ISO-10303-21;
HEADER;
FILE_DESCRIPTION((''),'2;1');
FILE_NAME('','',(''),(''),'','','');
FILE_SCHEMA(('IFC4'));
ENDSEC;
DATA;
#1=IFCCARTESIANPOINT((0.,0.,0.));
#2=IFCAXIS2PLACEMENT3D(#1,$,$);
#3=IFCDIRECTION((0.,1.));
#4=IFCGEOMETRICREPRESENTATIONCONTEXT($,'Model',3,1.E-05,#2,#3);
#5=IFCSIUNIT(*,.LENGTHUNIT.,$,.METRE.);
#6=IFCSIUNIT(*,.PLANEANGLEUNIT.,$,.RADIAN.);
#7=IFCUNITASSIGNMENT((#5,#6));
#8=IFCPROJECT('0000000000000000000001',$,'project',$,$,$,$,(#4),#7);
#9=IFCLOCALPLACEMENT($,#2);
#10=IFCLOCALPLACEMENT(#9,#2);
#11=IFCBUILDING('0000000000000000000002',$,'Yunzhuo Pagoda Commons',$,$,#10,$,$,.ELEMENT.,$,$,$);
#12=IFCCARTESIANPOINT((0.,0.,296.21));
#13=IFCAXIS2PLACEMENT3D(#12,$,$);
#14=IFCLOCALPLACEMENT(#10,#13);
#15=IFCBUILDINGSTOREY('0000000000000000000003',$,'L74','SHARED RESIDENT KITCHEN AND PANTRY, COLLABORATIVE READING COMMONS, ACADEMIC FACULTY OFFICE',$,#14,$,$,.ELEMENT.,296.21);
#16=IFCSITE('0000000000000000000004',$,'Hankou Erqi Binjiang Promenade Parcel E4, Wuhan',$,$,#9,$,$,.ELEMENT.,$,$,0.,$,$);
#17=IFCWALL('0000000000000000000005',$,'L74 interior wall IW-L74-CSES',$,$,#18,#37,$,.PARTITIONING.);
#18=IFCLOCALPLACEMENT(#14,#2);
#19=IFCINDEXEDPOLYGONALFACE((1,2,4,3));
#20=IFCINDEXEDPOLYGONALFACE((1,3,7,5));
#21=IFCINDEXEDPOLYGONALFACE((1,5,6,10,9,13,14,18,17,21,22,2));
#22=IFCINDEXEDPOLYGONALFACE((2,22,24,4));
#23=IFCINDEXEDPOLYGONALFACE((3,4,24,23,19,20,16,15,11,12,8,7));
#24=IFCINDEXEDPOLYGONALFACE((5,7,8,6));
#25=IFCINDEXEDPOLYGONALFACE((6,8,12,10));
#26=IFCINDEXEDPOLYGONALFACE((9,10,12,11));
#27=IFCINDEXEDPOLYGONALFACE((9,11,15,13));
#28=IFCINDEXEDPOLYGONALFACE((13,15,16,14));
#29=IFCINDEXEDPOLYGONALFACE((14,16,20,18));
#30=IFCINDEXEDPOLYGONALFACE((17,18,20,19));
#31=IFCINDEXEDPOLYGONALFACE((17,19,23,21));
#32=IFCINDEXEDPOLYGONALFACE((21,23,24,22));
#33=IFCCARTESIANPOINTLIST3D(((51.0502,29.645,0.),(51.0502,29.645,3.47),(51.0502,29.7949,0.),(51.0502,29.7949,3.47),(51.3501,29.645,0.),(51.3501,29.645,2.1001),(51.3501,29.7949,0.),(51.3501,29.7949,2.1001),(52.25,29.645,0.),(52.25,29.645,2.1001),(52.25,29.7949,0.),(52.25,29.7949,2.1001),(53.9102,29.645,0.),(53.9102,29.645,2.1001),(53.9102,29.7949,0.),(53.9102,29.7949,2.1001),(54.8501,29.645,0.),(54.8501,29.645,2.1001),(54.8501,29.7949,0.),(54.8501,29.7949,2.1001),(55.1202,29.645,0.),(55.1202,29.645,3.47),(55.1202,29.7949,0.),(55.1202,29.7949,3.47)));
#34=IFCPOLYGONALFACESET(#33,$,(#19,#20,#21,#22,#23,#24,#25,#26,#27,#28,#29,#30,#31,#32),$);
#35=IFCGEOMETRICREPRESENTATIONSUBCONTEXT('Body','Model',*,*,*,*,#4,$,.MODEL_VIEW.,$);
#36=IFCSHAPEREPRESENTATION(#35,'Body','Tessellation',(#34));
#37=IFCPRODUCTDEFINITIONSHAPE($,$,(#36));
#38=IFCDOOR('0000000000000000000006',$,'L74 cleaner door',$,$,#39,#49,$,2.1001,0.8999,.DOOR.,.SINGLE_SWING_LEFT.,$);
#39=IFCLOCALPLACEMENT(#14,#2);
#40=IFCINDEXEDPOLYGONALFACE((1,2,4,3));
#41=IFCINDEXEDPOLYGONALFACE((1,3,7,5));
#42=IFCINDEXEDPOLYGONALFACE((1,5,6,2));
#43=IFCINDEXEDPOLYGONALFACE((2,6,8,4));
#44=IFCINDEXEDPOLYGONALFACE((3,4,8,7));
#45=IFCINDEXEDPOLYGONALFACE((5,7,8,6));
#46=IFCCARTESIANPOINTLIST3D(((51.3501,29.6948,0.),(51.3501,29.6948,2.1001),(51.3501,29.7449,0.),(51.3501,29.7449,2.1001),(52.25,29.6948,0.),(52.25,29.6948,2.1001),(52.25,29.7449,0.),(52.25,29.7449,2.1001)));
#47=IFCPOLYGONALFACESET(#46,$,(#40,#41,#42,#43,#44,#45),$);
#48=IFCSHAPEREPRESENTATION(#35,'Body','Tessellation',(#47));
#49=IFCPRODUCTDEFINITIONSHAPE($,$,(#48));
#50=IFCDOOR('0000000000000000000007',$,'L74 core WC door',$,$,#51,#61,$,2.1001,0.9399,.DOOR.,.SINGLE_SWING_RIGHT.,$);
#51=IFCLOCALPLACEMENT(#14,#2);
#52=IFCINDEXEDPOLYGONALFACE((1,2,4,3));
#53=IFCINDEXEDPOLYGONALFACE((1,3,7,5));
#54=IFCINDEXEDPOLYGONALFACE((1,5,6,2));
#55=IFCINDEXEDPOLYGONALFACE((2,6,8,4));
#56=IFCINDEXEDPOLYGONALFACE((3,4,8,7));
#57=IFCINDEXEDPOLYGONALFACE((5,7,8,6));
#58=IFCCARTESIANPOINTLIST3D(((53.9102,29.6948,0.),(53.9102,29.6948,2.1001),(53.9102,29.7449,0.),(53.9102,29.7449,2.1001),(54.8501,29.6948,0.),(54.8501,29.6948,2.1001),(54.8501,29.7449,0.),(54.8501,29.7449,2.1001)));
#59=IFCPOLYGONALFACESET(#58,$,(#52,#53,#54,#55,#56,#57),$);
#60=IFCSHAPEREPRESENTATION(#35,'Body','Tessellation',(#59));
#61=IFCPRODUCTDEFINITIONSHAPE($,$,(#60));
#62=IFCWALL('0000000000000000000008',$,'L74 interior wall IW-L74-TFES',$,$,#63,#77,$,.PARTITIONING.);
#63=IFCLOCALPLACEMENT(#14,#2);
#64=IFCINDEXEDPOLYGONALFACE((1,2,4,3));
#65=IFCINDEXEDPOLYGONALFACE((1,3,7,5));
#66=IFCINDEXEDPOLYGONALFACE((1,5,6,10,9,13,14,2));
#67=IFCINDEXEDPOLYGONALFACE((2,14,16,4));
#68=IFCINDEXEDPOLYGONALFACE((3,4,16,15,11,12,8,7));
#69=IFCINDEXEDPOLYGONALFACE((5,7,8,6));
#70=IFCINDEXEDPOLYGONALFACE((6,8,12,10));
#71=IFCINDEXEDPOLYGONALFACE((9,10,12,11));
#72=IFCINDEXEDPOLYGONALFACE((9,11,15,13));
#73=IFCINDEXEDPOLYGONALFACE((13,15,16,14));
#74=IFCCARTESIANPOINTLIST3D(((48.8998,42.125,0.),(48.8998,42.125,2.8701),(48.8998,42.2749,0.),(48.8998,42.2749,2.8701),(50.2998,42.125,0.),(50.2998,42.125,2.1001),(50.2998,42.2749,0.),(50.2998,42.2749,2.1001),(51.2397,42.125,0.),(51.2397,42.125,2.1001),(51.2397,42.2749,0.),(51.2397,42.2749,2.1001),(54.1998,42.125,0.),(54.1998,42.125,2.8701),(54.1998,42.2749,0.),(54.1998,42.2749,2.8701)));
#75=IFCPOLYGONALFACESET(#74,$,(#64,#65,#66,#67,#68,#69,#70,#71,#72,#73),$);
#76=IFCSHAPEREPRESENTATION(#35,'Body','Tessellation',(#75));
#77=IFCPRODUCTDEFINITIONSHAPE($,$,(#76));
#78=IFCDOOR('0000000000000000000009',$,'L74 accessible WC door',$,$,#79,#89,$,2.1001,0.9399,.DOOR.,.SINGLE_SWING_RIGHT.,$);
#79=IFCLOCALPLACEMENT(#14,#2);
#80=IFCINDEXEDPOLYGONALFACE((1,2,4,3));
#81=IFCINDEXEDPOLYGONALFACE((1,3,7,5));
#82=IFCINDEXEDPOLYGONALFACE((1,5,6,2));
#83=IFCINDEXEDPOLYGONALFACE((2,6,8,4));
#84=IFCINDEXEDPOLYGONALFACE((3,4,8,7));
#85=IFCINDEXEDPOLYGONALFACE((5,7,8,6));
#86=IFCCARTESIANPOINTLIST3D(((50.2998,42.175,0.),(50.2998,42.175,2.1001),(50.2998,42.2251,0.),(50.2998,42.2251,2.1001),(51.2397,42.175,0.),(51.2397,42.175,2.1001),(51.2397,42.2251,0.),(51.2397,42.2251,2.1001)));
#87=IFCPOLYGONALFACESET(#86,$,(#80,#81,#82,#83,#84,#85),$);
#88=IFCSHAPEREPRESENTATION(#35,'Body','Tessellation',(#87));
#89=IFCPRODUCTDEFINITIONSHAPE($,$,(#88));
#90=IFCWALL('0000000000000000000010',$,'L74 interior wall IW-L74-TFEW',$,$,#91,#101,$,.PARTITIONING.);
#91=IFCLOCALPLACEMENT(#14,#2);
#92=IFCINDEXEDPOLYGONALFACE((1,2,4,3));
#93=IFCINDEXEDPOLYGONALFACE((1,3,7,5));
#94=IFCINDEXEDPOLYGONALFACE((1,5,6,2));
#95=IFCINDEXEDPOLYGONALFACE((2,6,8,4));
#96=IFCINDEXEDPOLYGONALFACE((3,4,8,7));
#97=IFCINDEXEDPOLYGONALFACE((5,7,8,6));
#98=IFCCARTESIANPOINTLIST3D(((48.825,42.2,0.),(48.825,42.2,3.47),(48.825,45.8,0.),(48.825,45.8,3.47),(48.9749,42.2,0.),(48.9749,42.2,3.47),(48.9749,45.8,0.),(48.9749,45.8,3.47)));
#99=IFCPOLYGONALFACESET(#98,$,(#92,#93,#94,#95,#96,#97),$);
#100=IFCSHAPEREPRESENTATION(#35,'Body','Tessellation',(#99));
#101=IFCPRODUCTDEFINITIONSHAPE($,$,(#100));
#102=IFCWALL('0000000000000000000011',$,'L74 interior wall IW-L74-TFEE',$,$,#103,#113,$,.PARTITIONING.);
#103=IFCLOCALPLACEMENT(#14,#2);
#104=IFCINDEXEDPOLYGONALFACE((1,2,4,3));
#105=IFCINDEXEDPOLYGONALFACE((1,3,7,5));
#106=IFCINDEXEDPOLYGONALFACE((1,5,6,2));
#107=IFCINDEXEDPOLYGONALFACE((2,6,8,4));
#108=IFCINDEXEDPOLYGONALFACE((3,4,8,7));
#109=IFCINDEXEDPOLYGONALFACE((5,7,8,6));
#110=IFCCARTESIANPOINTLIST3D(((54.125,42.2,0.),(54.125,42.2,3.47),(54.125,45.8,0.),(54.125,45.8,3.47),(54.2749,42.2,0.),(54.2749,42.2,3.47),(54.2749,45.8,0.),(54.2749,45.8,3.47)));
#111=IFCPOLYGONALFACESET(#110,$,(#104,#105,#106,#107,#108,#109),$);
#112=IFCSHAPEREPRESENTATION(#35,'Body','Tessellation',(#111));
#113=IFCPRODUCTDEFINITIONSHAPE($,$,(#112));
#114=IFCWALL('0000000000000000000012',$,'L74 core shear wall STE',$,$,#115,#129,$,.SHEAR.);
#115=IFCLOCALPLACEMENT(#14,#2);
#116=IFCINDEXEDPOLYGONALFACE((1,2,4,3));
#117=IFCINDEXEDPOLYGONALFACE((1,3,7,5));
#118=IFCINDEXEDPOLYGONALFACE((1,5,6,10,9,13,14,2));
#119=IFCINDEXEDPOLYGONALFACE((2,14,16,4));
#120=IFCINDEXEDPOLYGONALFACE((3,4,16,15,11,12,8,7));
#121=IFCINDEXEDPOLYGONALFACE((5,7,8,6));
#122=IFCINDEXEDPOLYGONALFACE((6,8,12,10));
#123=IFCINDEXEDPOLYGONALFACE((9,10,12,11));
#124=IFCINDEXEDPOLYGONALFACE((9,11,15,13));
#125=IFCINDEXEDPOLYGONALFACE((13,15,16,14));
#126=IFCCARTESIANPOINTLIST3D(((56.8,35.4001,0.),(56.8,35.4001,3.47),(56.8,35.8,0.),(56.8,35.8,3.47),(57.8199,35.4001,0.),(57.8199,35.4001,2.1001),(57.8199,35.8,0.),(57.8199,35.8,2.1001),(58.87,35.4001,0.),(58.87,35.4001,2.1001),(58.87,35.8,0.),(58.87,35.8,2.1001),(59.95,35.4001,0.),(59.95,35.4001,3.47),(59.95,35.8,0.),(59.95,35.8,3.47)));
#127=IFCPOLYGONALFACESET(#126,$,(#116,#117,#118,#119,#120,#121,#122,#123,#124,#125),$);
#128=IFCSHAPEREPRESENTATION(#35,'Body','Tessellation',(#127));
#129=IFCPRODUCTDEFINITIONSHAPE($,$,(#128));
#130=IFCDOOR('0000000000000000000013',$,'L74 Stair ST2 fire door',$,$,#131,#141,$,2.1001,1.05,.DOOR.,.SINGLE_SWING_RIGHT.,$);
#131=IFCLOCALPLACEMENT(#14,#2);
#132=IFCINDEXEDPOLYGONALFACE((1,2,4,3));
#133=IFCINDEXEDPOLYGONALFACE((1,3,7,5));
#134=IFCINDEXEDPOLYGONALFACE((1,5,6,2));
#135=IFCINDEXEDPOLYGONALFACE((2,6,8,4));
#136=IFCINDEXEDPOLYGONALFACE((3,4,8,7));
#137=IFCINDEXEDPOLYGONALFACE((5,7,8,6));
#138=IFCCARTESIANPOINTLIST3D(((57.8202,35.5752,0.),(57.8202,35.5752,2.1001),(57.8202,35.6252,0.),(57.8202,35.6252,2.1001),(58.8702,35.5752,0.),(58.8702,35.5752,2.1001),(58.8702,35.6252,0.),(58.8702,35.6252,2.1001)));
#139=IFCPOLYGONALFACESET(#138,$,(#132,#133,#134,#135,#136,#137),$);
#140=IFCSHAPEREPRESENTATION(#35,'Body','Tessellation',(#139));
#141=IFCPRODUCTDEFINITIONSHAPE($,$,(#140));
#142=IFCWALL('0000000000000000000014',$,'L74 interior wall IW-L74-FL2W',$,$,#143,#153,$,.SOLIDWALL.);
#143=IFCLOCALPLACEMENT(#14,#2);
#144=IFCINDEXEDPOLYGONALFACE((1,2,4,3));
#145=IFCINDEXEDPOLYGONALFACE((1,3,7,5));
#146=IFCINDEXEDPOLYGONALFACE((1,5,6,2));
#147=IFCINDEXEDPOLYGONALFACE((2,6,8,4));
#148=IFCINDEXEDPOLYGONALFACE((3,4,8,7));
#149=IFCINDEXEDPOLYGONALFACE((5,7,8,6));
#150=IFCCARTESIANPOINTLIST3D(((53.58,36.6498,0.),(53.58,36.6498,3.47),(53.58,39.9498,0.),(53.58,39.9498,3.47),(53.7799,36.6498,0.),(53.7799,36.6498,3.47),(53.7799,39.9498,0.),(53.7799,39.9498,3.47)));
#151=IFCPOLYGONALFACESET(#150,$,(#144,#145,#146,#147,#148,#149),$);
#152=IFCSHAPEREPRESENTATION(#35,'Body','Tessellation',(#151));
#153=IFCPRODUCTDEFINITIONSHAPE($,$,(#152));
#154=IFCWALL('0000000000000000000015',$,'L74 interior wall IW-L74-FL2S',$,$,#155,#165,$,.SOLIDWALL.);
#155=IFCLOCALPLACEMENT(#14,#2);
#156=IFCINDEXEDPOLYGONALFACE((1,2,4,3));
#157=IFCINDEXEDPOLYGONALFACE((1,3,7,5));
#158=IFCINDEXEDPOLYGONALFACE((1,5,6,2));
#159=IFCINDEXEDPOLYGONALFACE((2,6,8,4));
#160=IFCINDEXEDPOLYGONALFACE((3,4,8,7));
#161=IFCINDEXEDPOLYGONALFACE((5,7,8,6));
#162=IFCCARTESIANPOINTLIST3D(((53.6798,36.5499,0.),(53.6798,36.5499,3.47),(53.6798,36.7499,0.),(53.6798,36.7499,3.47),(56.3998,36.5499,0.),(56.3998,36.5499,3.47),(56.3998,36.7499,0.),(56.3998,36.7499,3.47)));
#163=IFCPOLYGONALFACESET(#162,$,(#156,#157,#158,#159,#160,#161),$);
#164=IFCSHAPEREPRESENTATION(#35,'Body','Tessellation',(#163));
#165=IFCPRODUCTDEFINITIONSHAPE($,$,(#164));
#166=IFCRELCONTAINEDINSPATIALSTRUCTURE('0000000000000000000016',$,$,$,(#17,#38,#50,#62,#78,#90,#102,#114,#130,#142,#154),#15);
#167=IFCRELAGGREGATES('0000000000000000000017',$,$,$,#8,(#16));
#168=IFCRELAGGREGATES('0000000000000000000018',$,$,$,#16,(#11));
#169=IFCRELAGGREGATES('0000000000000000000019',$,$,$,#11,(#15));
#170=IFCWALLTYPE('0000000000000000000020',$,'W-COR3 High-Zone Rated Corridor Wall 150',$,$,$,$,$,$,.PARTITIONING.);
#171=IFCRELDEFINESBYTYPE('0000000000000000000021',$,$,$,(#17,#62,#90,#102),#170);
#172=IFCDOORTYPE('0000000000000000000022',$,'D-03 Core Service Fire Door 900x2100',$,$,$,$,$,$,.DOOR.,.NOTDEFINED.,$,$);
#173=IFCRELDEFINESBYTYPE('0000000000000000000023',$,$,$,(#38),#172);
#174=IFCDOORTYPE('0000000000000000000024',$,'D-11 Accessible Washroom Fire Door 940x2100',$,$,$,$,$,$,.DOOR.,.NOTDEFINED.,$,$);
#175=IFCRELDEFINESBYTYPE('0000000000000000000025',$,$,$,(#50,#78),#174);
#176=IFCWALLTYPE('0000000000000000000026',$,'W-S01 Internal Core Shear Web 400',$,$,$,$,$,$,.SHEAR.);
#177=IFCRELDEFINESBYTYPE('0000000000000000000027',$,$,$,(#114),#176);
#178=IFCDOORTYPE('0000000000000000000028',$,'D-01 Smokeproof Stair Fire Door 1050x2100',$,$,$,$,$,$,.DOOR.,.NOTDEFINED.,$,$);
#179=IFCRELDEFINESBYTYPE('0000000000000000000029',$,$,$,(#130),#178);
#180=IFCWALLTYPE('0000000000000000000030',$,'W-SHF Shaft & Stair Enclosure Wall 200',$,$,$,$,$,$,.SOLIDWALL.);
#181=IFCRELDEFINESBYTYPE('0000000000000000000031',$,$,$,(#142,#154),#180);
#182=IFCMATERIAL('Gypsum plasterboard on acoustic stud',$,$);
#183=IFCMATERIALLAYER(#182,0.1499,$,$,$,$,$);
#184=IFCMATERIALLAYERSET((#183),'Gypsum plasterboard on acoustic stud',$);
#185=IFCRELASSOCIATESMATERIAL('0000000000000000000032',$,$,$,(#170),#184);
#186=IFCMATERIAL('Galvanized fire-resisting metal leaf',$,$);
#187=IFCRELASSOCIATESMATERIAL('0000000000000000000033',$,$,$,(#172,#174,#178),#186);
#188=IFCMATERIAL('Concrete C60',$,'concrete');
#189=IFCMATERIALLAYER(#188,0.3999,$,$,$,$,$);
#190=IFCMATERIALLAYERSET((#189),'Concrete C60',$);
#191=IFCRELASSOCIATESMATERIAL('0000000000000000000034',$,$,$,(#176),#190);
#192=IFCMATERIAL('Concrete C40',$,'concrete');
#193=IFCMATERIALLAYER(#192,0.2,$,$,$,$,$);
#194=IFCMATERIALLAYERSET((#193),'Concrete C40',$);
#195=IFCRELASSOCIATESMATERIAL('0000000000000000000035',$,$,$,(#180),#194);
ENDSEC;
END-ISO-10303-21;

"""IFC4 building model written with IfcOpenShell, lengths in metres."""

from ifc_helpers import new_model, si_unit, direction, frame, frame_2d, origin, origin_with_axes, place, context, subcontext, project, spatial, rectangle, extrude, source, transform, mapped, material, layer, layer_set, type_object, element, fill, save


model = new_model("IFC4")

# Units and contexts
model_context = context("Model", 3, precision=1e-05, world=origin(), true_north=direction((0.0, 1.0)))
body_context = subcontext(model_context, "Body", "Model", "MODEL_VIEW")
ifc_project = project(units=[si_unit("LENGTHUNIT", "METRE"), si_unit("PLANEANGLEUNIT", "RADIAN")], contexts=[model_context])

# Site, building, storey
site_placement = place(None, origin())
site = spatial("IfcSite", under=ifc_project, at=site_placement, Name="Hankou Erqi Binjiang Promenade Parcel E4, Wuhan", CompositionType="ELEMENT", RefElevation=0.0)
building_placement = place(site_placement, origin())
building = spatial("IfcBuilding", under=site, at=building_placement, Name="Yunzhuo Pagoda Commons", CompositionType="ELEMENT")
storey_placement = place(building_placement, frame((0.0, 0.0, 296.21)))
storey = spatial("IfcBuildingStorey", under=building, at=storey_placement, Name="L74", Description="SHARED RESIDENT KITCHEN AND PANTRY, COLLABORATIVE READING COMMONS, ACADEMIC FACULTY OFFICE", CompositionType="ELEMENT", Elevation=296.21)

# Shared definitions
ifc_material_1 = material(Name="Galvanized fire-resisting metal leaf")
shared_shape_1 = source(origin(), body_context, "Body", "SweptSolid", [
    extrude(rectangle(XDim=1.05, YDim=2.1001, at=frame_2d((0.5249, 1.05))), frame((0.0, 0.0249, 0.0), z_axis=(0.0, -1.0, 0.0), x_axis=(1.0, 0.0, 0.0)), (0.0, 0.0, 1.0), 0.05),
])

# Shared definitions
ifc_material_2 = material(Name="Gypsum plasterboard on acoustic stud")
ifc_layer_1 = layer(ifc_material_2, 0.1499)
ifc_layer_set_1 = layer_set([ifc_layer_1], Name="Gypsum plasterboard on acoustic stud")
wall_type_1 = type_object("IfcWallType", Name="W-COR3 High-Zone Rated Corridor Wall 150", PredefinedType="PARTITIONING", material=ifc_layer_set_1)

# Wall, openings, doors
wall_1_placement = place(storey_placement, frame((51.05, 29.72, 0.0), z_axis=(0.0, 0.0, 1.0), x_axis=(1.0, 0.0, 0.0)))
wall_1 = element("IfcWall", 1, at=wall_1_placement, inside=storey, type_object=wall_type_1, Name="L74 interior wall IW-L74-CSES", PredefinedType="PARTITIONING", context=body_context, shape_type="SweptSolid", body=[
    extrude(rectangle(XDim=4.0701, YDim=0.1499, at=frame_2d((2.0352, 0.0))), origin(), (0.0, 0.0, 1.0), 3.47),
])
opening_1_placement = place(wall_1_placement, frame((0.3, 0.0, 0.0)))
opening_1 = element("IfcOpeningElement", 2, at=opening_1_placement, cuts=wall_1, PredefinedType="OPENING", context=body_context, shape_type="SweptSolid", body=[
    extrude(rectangle(XDim=0.8999, YDim=2.1001, at=frame_2d((0.45, 1.05))), frame((0.0, 0.085, 0.0), z_axis=(0.0, -1.0, 0.0), x_axis=(1.0, 0.0, 0.0)), (0.0, 0.0, 1.0), 0.1699),
])
opening_2_placement = place(wall_1_placement, frame((2.8601, 0.0, 0.0)))
opening_2 = element("IfcOpeningElement", 3, at=opening_2_placement, cuts=wall_1, PredefinedType="OPENING", context=body_context, shape_type="SweptSolid", body=[
    extrude(rectangle(XDim=0.9399, YDim=2.1001, at=frame_2d((0.47, 1.05))), frame((0.0, 0.085, 0.0), z_axis=(0.0, -1.0, 0.0), x_axis=(1.0, 0.0, 0.0)), (0.0, 0.0, 1.0), 0.1699),
])
door_type_1 = type_object("IfcDoorType", Name="D-03 Core Service Fire Door 900x2100", OperationType="NOTDEFINED", PredefinedType="DOOR", material=ifc_material_1)
shared_shape_2 = source(origin(), body_context, "Body", "SweptSolid", [
    extrude(rectangle(XDim=0.8999, YDim=2.1001, at=frame_2d((0.45, 1.05))), frame((0.0, 0.0249, 0.0), z_axis=(0.0, -1.0, 0.0), x_axis=(1.0, 0.0, 0.0)), (0.0, 0.0, 1.0), 0.05),
])
door_1_placement = place(opening_1_placement, origin_with_axes())
door_1 = element("IfcDoor", 4, at=door_1_placement, inside=storey, type_object=door_type_1, Name="L74 cleaner door", OperationType="SINGLE_SWING_LEFT", OverallHeight=2.1001, OverallWidth=0.8999, PredefinedType="DOOR", context=body_context, shape_type="MappedRepresentation", body=[
    mapped(shared_shape_2, transform((0.0, 0.0, 0.0), scale=1.0)),
])
fill(opening_1, door_1)
door_type_2 = type_object("IfcDoorType", Name="D-11 Accessible Washroom Fire Door 940x2100", OperationType="NOTDEFINED", PredefinedType="DOOR", material=ifc_material_1)
shared_shape_3 = source(origin(), body_context, "Body", "SweptSolid", [
    extrude(rectangle(XDim=0.9399, YDim=2.1001, at=frame_2d((0.47, 1.05))), frame((0.0, 0.0249, 0.0), z_axis=(0.0, -1.0, 0.0), x_axis=(1.0, 0.0, 0.0)), (0.0, 0.0, 1.0), 0.05),
])
door_2_placement = place(opening_2_placement, origin_with_axes())
door_2 = element("IfcDoor", 5, at=door_2_placement, inside=storey, type_object=door_type_2, Name="L74 core WC door", OperationType="SINGLE_SWING_RIGHT", OverallHeight=2.1001, OverallWidth=0.9399, PredefinedType="DOOR", context=body_context, shape_type="MappedRepresentation", body=[
    mapped(shared_shape_3, transform((0.0, 0.0, 0.0), scale=1.0)),
])
fill(opening_2, door_2)

# Wall, opening, door
wall_2_placement = place(storey_placement, frame((48.8999, 42.2, 0.0), z_axis=(0.0, 0.0, 1.0), x_axis=(1.0, 0.0, 0.0)))
wall_2 = element("IfcWall", 6, at=wall_2_placement, inside=storey, type_object=wall_type_1, Name="L74 interior wall IW-L74-TFES", PredefinedType="PARTITIONING", context=body_context, shape_type="SweptSolid", body=[
    extrude(rectangle(XDim=5.3, YDim=0.1499, at=frame_2d((2.6499, 0.0))), origin(), (0.0, 0.0, 1.0), 2.8701),
])
opening_3_placement = place(wall_2_placement, frame((1.3999, 0.0, 0.0)))
opening_3 = element("IfcOpeningElement", 7, at=opening_3_placement, cuts=wall_2, PredefinedType="OPENING", context=body_context, shape_type="SweptSolid", body=[
    extrude(rectangle(XDim=0.9399, YDim=2.1001, at=frame_2d((0.47, 1.05))), frame((0.0, 0.085, 0.0), z_axis=(0.0, -1.0, 0.0), x_axis=(1.0, 0.0, 0.0)), (0.0, 0.0, 1.0), 0.1699),
])
door_3_placement = place(opening_3_placement, frame((0.9399, 0.0, 0.0), z_axis=(0.0, 0.0, 1.0), x_axis=(-1.0, 0.0, 0.0)))
door_3 = element("IfcDoor", 8, at=door_3_placement, inside=storey, type_object=door_type_2, Name="L74 accessible WC door", OperationType="SINGLE_SWING_RIGHT", OverallHeight=2.1001, OverallWidth=0.9399, PredefinedType="DOOR", context=body_context, shape_type="MappedRepresentation", body=[
    mapped(shared_shape_3, transform((0.0, 0.0, 0.0), scale=1.0)),
])
fill(opening_3, door_3)

# Walls
for number, where, z_axis, x_axis, name in (
    (9, (48.8999, 42.2, 0.0), (0.0, 0.0, 1.0), (0.0, 1.0, 0.0), "L74 interior wall IW-L74-TFEW"),
    (10, (54.2, 42.2, 0.0), (0.0, 0.0, 1.0), (0.0, 1.0, 0.0), "L74 interior wall IW-L74-TFEE"),
):
    element("IfcWall", number, at=place(storey_placement, frame(where, z_axis=z_axis, x_axis=x_axis)), inside=storey, type_object=wall_type_1, Name=name, PredefinedType="PARTITIONING", context=body_context, shape_type="SweptSolid", body=[
        extrude(rectangle(XDim=3.6001, YDim=0.1499, at=frame_2d((1.8, 0.0))), origin(), (0.0, 0.0, 1.0), 3.47),
    ])

# Wall, opening, door
ifc_material_3 = material(Name="Concrete C60", Category="concrete")
ifc_layer_2 = layer(ifc_material_3, 0.3999)
ifc_layer_set_2 = layer_set([ifc_layer_2], Name="Concrete C60")
wall_type_2 = type_object("IfcWallType", Name="W-S01 Internal Core Shear Web 400", PredefinedType="SHEAR", material=ifc_layer_set_2)
wall_3_placement = place(storey_placement, frame((56.8, 35.6001, 0.0), z_axis=(0.0, 0.0, 1.0), x_axis=(1.0, 0.0, 0.0)))
wall_3 = element("IfcWall", 11, at=wall_3_placement, inside=storey, type_object=wall_type_2, Name="L74 core shear wall STE", PredefinedType="SHEAR", context=body_context, shape_type="SweptSolid", body=[
    extrude(rectangle(XDim=3.1499, YDim=0.3999, at=frame_2d((1.575, 0.0))), origin(), (0.0, 0.0, 1.0), 3.47),
])
opening_4_placement = place(wall_3_placement, frame((1.02, 0.0, 0.0)))
opening_4 = element("IfcOpeningElement", 12, at=opening_4_placement, cuts=wall_3, PredefinedType="OPENING", context=body_context, shape_type="SweptSolid", body=[
    extrude(rectangle(XDim=1.05, YDim=2.1001, at=frame_2d((0.5249, 1.05))), frame((0.0, 0.21, 0.0), z_axis=(0.0, -1.0, 0.0), x_axis=(1.0, 0.0, 0.0)), (0.0, 0.0, 1.0), 0.4199),
])
door_type_3 = type_object("IfcDoorType", Name="D-01 Smokeproof Stair Fire Door 1050x2100", OperationType="NOTDEFINED", PredefinedType="DOOR", material=ifc_material_1)
door_4_placement = place(opening_4_placement, frame((1.05, 0.0, 0.0), z_axis=(0.0, 0.0, 1.0), x_axis=(-1.0, 0.0, 0.0)))
door_4 = element("IfcDoor", 13, at=door_4_placement, inside=storey, type_object=door_type_3, Name="L74 Stair ST2 fire door", OperationType="SINGLE_SWING_RIGHT", OverallHeight=2.1001, OverallWidth=1.05, PredefinedType="DOOR", context=body_context, shape_type="MappedRepresentation", body=[
    mapped(shared_shape_1, transform((0.0, 0.0, 0.0), scale=1.0)),
])
fill(opening_4, door_4)

# Walls
ifc_material_4 = material(Name="Concrete C40", Category="concrete")
ifc_layer_3 = layer(ifc_material_4, 0.2)
ifc_layer_set_3 = layer_set([ifc_layer_3], Name="Concrete C40")
wall_type_3 = type_object("IfcWallType", Name="W-SHF Shaft & Stair Enclosure Wall 200", PredefinedType="SOLIDWALL", material=ifc_layer_set_3)
wall_4_placement = place(storey_placement, frame((53.6799, 36.6499, 0.0), z_axis=(0.0, 0.0, 1.0), x_axis=(0.0, 1.0, 0.0)))
element("IfcWall", 14, at=wall_4_placement, inside=storey, type_object=wall_type_3, Name="L74 interior wall IW-L74-FL2W", PredefinedType="SOLIDWALL", context=body_context, shape_type="SweptSolid", body=[
    extrude(rectangle(XDim=3.3, YDim=0.2, at=frame_2d((1.6499, 0.0))), origin(), (0.0, 0.0, 1.0), 3.47),
])
wall_5_placement = place(storey_placement, frame((53.6799, 36.6499, 0.0), z_axis=(0.0, 0.0, 1.0), x_axis=(1.0, 0.0, 0.0)))
element("IfcWall", 15, at=wall_5_placement, inside=storey, type_object=wall_type_3, Name="L74 interior wall IW-L74-FL2S", PredefinedType="SOLIDWALL", context=body_context, shape_type="SweptSolid", body=[
    extrude(rectangle(XDim=2.72, YDim=0.2, at=frame_2d((1.3599, 0.0))), origin(), (0.0, 0.0, 1.0), 3.47),
])

save(model, "model.ifc")
